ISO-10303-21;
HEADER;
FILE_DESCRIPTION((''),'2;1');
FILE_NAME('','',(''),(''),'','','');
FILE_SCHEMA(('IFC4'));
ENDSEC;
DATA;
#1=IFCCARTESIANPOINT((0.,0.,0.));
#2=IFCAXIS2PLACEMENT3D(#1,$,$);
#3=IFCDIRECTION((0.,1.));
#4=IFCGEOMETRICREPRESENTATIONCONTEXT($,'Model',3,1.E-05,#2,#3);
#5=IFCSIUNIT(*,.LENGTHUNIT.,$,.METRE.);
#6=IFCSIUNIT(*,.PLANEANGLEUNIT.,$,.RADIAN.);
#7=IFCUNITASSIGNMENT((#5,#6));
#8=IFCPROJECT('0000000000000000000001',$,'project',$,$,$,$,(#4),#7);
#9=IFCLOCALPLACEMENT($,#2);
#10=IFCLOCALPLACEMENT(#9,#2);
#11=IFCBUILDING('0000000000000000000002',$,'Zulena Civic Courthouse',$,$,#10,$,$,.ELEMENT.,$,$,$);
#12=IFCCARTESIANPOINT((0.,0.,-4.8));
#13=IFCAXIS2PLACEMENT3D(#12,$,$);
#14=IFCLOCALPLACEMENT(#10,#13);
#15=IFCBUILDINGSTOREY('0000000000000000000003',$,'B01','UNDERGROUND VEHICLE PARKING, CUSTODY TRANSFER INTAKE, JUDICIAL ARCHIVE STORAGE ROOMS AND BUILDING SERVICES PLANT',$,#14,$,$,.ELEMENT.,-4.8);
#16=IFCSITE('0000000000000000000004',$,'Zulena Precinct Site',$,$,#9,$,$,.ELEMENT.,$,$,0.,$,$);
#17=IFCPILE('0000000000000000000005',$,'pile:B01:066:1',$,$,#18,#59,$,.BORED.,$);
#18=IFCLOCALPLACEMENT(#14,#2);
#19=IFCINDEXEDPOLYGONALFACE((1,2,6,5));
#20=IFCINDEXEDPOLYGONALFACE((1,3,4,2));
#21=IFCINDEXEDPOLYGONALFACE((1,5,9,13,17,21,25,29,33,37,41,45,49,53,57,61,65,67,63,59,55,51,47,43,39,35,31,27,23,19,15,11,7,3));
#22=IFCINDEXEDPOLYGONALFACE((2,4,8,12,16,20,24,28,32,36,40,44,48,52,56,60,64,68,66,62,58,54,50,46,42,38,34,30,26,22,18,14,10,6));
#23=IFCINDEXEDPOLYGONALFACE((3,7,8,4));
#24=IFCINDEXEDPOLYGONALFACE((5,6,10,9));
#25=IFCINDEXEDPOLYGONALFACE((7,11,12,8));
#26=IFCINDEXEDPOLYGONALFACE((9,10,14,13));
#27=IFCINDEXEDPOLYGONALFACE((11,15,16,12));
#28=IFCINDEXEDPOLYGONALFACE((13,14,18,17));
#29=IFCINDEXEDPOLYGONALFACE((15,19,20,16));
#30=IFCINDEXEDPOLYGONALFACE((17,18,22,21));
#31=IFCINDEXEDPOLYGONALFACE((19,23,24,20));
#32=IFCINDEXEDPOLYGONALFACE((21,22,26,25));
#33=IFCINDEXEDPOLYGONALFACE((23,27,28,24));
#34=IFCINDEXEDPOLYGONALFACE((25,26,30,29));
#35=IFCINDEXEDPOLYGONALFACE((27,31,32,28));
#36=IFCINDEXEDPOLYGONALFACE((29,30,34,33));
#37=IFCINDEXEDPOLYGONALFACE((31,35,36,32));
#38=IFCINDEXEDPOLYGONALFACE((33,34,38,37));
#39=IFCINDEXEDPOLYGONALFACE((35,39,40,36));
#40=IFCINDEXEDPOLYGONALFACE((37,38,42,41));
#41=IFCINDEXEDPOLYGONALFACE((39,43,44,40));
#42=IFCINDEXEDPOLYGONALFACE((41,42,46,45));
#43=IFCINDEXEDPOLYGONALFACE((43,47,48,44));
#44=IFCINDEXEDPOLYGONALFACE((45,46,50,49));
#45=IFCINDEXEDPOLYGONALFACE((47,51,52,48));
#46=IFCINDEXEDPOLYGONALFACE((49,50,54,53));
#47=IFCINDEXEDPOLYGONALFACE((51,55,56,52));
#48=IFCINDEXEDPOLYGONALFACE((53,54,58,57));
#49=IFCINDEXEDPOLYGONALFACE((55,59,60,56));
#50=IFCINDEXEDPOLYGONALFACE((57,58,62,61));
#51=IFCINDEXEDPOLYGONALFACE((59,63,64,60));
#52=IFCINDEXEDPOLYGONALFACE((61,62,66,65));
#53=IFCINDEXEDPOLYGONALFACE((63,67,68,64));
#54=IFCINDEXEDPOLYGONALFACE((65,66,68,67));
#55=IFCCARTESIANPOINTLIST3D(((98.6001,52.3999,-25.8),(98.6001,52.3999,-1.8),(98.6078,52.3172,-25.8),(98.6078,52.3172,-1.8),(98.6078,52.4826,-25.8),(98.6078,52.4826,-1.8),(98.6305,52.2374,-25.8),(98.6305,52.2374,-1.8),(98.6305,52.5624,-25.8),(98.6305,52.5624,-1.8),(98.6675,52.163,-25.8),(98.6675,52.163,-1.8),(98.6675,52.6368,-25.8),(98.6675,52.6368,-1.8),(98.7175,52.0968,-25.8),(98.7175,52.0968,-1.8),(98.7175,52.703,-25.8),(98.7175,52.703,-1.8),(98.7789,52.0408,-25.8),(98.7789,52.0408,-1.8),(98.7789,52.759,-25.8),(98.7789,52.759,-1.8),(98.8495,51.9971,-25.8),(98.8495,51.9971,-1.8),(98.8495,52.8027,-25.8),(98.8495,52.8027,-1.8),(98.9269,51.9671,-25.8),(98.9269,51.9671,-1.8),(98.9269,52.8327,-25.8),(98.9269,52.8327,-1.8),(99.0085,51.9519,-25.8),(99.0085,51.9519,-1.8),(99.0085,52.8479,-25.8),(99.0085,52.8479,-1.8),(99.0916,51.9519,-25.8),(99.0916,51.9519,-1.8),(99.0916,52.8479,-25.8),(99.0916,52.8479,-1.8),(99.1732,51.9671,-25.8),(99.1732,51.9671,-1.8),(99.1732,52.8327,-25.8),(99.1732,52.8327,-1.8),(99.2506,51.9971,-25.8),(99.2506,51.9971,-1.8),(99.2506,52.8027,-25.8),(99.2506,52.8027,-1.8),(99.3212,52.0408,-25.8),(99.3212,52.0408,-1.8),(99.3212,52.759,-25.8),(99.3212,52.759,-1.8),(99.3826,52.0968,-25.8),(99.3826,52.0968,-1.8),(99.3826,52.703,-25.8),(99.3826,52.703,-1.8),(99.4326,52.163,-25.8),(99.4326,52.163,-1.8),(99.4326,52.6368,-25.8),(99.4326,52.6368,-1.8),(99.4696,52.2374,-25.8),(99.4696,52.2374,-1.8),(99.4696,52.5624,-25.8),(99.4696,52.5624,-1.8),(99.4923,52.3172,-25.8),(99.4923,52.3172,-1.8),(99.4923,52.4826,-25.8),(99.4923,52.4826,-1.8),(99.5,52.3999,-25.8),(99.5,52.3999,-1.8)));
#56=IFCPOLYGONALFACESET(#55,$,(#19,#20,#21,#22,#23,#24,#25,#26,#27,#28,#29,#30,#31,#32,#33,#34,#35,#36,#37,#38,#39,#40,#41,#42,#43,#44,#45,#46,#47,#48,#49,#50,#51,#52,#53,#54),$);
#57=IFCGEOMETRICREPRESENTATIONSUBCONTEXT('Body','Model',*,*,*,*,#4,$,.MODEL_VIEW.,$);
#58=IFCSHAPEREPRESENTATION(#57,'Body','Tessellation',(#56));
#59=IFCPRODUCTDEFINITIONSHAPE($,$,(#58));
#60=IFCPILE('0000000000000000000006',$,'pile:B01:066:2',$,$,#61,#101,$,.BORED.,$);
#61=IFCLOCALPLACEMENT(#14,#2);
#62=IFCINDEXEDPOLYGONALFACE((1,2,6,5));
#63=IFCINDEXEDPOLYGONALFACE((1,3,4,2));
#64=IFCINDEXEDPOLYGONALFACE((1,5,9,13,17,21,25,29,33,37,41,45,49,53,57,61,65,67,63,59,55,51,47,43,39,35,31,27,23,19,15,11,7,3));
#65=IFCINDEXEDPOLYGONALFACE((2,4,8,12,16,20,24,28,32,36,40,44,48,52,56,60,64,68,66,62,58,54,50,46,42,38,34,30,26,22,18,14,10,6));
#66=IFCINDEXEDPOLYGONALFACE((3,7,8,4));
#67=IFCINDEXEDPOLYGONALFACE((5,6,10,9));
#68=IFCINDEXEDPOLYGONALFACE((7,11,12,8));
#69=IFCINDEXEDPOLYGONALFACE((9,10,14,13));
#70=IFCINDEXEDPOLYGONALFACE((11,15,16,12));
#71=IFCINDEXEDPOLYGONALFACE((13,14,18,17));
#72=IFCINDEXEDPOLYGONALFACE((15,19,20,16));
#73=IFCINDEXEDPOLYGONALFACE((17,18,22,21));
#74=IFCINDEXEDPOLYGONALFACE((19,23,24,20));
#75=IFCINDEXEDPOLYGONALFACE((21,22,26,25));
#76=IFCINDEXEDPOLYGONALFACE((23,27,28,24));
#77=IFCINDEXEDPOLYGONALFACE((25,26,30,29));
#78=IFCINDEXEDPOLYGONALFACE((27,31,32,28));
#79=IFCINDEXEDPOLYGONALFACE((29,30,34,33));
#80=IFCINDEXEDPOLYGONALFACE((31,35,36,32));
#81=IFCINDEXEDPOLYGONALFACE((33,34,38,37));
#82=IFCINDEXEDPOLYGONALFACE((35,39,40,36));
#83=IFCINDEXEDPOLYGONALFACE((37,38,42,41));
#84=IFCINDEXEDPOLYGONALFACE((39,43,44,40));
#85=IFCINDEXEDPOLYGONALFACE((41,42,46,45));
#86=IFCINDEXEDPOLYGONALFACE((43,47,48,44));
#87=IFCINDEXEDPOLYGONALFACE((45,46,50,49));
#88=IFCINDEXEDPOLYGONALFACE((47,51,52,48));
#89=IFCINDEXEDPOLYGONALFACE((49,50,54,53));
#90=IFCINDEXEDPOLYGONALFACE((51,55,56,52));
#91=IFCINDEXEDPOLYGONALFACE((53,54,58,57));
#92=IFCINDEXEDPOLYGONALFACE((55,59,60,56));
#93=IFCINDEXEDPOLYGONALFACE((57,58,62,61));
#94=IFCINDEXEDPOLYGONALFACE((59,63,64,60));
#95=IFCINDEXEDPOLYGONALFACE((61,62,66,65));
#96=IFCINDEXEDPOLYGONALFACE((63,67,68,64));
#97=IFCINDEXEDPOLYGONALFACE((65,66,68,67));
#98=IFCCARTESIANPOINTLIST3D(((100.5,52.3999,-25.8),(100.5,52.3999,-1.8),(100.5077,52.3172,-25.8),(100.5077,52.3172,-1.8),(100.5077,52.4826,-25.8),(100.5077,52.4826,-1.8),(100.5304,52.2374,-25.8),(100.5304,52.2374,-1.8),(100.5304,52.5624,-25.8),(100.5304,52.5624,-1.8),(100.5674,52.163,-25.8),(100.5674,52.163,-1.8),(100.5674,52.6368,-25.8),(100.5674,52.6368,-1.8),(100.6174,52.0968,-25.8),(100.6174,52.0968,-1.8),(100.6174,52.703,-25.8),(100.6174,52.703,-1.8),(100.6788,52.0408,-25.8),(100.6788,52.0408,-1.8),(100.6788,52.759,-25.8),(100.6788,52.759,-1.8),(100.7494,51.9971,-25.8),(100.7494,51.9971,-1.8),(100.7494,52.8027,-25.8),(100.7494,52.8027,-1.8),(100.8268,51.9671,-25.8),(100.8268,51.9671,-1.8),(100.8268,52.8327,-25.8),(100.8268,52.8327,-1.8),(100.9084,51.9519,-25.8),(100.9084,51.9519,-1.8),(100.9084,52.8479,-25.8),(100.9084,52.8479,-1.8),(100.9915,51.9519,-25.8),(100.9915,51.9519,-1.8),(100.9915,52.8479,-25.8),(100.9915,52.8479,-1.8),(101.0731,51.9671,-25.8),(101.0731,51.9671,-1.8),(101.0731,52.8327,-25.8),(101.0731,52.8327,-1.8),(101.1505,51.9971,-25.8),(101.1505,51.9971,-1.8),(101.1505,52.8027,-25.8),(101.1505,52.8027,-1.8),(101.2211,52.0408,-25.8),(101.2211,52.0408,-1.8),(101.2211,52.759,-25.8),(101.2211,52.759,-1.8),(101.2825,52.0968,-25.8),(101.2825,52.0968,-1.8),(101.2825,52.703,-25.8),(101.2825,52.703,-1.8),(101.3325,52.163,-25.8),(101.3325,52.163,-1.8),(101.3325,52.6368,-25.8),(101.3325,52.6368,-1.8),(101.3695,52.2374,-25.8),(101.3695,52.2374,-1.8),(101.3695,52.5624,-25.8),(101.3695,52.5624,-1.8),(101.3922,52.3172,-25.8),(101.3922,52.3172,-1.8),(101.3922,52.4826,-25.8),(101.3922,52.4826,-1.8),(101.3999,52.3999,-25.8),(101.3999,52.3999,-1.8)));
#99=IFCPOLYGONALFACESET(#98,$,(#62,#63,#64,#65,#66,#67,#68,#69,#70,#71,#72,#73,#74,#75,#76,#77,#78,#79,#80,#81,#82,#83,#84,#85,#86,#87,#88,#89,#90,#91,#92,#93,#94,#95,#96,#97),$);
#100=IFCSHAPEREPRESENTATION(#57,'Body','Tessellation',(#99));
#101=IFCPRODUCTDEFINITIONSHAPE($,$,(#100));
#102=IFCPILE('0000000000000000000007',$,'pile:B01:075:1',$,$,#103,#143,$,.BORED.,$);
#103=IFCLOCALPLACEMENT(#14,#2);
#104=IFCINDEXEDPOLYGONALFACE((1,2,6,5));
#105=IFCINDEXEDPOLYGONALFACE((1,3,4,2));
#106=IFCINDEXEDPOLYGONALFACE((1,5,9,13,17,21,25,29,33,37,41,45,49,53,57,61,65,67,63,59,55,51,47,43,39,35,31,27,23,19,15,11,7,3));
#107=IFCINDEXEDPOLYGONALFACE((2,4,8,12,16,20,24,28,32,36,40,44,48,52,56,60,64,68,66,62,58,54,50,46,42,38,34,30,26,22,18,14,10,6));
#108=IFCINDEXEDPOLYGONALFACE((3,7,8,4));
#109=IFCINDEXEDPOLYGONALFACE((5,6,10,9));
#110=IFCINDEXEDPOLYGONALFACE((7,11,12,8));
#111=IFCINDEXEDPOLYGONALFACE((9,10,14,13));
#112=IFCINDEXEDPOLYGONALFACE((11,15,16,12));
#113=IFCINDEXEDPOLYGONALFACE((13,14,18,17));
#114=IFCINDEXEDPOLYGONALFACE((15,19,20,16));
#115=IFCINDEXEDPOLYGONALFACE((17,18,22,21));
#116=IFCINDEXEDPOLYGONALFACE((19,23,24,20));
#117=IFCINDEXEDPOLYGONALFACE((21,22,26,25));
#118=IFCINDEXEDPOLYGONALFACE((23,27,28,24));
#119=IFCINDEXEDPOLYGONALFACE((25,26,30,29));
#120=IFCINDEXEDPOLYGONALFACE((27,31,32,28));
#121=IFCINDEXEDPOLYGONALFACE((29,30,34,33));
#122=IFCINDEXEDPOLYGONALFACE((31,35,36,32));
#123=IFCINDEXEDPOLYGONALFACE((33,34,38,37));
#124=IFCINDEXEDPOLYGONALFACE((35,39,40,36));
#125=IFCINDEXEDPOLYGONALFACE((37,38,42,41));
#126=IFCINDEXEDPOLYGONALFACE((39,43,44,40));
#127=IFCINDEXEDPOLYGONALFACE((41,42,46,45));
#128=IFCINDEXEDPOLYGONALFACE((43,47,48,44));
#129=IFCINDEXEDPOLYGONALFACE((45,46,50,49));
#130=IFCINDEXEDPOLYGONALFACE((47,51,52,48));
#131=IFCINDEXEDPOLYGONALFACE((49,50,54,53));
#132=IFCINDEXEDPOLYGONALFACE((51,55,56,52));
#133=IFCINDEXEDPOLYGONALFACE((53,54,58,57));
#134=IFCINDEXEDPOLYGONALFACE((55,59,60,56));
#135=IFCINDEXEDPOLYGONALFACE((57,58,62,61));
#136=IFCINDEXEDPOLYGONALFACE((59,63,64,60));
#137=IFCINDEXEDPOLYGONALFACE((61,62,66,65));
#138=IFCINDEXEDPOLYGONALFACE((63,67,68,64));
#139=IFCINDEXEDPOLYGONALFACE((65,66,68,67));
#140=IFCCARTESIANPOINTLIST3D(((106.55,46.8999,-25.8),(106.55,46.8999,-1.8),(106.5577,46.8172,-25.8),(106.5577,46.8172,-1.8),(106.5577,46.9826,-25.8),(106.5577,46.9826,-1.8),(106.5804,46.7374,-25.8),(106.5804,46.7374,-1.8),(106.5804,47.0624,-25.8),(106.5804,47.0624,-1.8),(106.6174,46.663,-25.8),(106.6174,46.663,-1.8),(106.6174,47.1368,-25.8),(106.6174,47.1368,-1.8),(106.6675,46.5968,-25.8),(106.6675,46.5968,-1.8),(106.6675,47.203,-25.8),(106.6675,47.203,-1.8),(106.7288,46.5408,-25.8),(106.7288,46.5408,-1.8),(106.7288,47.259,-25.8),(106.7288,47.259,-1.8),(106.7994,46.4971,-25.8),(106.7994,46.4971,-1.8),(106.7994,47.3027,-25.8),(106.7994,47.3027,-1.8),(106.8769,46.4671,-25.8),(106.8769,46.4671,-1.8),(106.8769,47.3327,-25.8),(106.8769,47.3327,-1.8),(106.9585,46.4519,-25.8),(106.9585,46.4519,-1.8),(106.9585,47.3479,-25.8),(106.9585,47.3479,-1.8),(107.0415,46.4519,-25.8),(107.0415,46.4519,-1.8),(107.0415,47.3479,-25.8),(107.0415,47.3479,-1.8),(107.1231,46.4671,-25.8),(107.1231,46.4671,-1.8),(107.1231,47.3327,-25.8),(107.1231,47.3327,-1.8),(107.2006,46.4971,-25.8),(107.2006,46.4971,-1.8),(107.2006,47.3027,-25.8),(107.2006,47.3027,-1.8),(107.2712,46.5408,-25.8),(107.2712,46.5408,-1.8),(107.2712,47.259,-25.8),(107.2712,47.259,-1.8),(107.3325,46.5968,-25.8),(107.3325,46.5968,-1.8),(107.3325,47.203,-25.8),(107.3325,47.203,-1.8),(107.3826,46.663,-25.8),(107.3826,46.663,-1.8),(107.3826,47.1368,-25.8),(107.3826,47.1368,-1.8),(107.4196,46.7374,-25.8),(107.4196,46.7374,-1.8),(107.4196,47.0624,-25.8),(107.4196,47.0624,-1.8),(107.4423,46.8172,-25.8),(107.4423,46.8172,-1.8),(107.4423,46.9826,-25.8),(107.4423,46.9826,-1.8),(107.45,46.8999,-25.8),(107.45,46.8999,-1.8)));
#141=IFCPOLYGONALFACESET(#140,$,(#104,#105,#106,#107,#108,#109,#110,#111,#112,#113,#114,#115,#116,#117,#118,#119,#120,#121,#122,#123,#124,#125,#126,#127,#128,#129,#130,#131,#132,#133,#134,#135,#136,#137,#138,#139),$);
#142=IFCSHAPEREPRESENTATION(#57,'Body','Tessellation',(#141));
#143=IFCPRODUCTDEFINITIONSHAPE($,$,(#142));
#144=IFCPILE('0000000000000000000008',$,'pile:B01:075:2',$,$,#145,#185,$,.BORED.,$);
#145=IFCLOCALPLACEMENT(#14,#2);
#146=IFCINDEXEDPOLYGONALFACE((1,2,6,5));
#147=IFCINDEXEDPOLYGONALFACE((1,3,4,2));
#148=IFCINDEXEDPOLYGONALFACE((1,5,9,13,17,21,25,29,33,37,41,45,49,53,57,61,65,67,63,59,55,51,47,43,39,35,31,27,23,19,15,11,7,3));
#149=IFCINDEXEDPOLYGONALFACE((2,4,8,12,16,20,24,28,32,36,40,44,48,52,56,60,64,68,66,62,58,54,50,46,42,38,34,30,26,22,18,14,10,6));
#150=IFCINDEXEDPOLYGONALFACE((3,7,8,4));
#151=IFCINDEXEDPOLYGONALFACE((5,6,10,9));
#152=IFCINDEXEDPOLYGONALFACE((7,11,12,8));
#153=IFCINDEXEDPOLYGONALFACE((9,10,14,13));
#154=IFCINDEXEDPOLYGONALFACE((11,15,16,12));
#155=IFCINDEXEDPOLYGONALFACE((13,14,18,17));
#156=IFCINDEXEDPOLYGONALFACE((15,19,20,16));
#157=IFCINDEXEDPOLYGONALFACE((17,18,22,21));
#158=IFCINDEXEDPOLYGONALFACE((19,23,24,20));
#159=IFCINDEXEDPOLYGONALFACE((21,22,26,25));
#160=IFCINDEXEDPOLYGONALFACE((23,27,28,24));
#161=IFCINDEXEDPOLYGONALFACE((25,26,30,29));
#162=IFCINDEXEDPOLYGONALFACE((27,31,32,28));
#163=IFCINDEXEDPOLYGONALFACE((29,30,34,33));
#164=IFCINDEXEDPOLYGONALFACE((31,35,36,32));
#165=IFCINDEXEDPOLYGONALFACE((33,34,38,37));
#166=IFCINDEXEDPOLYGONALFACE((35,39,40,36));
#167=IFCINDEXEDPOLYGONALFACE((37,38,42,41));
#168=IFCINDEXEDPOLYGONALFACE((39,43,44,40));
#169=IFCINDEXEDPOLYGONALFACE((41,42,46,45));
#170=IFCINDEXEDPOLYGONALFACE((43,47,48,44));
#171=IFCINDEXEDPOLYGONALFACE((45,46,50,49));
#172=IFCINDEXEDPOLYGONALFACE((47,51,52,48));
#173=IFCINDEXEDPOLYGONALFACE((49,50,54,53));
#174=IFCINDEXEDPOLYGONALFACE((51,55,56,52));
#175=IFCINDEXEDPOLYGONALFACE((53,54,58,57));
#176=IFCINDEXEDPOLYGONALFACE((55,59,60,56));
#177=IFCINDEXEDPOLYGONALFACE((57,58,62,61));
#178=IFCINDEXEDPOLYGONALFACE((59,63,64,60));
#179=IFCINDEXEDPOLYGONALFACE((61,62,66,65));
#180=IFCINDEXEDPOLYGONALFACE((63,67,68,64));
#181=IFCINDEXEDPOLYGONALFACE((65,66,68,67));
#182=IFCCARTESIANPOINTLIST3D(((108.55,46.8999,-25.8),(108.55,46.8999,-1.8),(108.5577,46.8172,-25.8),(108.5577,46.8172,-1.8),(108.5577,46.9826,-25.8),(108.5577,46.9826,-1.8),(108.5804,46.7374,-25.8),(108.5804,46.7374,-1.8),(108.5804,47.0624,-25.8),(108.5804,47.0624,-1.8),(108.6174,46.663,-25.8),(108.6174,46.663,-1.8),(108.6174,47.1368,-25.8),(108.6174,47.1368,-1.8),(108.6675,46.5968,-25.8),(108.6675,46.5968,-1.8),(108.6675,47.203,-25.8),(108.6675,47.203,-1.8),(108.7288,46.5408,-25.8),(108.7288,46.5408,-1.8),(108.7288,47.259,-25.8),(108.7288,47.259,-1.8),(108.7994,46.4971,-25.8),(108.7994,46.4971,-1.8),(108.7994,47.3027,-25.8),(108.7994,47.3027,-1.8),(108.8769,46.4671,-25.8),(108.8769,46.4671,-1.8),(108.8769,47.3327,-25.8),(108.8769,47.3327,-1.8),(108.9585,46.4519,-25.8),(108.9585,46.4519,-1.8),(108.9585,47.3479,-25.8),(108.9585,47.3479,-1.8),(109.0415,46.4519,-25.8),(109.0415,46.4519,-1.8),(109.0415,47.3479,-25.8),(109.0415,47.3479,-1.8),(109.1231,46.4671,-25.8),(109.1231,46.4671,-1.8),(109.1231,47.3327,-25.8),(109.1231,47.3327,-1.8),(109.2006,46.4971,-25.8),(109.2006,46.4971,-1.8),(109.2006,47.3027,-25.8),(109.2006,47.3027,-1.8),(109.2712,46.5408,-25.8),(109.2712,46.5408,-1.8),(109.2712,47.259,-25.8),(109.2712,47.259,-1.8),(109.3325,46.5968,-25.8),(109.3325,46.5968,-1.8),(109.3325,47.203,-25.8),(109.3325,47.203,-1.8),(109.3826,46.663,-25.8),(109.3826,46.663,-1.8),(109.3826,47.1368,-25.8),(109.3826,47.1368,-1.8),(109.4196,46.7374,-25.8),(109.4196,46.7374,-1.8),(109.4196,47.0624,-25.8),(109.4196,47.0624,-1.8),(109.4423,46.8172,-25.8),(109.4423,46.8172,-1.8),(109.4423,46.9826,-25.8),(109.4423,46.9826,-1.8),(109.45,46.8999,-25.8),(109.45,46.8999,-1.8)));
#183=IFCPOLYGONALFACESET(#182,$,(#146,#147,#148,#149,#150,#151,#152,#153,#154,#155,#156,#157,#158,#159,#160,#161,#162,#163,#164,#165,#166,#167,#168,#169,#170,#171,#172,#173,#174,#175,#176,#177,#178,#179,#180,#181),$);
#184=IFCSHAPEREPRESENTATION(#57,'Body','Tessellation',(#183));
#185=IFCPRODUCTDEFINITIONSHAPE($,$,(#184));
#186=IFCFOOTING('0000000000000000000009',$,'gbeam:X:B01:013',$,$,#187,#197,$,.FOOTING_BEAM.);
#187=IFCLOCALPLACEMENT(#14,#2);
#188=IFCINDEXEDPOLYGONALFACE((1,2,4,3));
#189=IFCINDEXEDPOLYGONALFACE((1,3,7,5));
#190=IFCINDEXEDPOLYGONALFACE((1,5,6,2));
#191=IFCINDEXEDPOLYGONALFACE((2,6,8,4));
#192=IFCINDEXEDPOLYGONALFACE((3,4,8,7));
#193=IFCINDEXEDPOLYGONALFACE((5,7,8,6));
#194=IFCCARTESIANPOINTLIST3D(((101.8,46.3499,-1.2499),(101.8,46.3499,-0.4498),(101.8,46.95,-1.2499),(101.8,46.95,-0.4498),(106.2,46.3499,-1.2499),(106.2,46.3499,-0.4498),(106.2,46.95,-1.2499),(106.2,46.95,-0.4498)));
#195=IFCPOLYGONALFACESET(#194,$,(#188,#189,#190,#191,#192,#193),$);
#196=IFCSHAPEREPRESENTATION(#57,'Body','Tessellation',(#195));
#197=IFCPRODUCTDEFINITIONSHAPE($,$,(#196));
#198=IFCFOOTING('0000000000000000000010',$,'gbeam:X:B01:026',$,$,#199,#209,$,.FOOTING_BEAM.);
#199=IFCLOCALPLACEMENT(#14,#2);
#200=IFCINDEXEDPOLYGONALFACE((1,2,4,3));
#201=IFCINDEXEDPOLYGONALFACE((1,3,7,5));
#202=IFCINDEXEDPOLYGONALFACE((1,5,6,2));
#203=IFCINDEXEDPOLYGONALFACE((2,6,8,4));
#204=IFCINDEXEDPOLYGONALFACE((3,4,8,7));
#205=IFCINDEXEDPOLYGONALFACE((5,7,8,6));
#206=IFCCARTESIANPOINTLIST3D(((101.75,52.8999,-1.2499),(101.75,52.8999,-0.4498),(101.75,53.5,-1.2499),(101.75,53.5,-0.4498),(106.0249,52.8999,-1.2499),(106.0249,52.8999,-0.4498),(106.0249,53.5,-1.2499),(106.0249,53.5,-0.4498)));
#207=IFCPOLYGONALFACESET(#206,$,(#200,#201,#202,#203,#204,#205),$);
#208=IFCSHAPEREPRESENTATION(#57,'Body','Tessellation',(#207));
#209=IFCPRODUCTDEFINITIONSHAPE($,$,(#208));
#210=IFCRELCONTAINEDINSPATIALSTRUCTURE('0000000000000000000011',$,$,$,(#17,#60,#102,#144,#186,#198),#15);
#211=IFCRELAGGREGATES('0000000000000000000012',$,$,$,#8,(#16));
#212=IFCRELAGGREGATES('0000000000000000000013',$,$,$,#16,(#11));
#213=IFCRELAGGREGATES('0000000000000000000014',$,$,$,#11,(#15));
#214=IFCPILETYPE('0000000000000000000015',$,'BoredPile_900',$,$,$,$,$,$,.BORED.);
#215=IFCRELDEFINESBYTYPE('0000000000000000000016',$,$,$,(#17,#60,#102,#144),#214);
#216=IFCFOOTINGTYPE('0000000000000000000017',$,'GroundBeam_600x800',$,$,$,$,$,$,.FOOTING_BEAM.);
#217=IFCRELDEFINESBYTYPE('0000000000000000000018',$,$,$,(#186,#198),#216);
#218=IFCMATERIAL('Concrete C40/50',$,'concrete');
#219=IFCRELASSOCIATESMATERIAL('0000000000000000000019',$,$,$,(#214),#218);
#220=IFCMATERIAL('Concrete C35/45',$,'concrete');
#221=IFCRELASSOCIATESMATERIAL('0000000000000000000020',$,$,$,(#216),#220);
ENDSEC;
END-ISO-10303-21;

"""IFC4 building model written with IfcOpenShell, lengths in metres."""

from ifc_helpers import new_model, si_unit, direction, frame, origin, origin_2d, place, context, subcontext, project, spatial, rectangle, circle, extrude, material, material_profile, profile_set, type_object, element, save


model = new_model("IFC4")

# Units and contexts
model_context = context("Model", 3, precision=1e-05, world=origin(), true_north=direction((0.0, 1.0)))
body_context = subcontext(model_context, "Body", "Model", "MODEL_VIEW")
ifc_project = project(units=[si_unit("LENGTHUNIT", "METRE"), si_unit("PLANEANGLEUNIT", "RADIAN")], contexts=[model_context])

# Site, building, storey
site_placement = place(None, origin())
site = spatial("IfcSite", under=ifc_project, at=site_placement, Name="Zulena Precinct Site", CompositionType="ELEMENT", RefElevation=0.0)
building_placement = place(site_placement, origin())
building = spatial("IfcBuilding", under=site, at=building_placement, Name="Zulena Civic Courthouse", CompositionType="ELEMENT")
storey_placement = place(building_placement, frame((0.0, 0.0, -4.8)))
storey = spatial("IfcBuildingStorey", under=building, at=storey_placement, Name="B01", Description="UNDERGROUND VEHICLE PARKING, CUSTODY TRANSFER INTAKE, JUDICIAL ARCHIVE STORAGE ROOMS AND BUILDING SERVICES PLANT", CompositionType="ELEMENT", Elevation=-4.8)

# Piles
ifc_material_1 = material(Name="Concrete C40/50", Category="concrete")
ifc_material_profile_1 = material_profile(ifc_material_1, circle(Radius=0.45, at=origin_2d()), Name="PILE900")
ifc_profile_set_1 = profile_set([ifc_material_profile_1], Name="Concrete C40/50")
pile_type_1 = type_object("IfcPileType", Name="BoredPile_900", PredefinedType="BORED", material=ifc_profile_set_1)
for number, where, z_axis, x_axis, name in (
    (1, (99.05, 52.3999, -1.8), (0.0, 0.0, -1.0), (1.0, 0.0, 0.0), "pile:B01:066:1"),
    (2, (100.95, 52.3999, -1.8), (0.0, 0.0, -1.0), (1.0, 0.0, 0.0), "pile:B01:066:2"),
    (3, (107.0, 46.8999, -1.8), (0.0, 0.0, -1.0), (1.0, 0.0, 0.0), "pile:B01:075:1"),
    (4, (109.0, 46.8999, -1.8), (0.0, 0.0, -1.0), (1.0, 0.0, 0.0), "pile:B01:075:2"),
):
    element("IfcPile", number, at=place(storey_placement, frame(where, z_axis=z_axis, x_axis=x_axis)), inside=storey, type_object=pile_type_1, Name=name, PredefinedType="BORED", context=body_context, shape_type="SweptSolid", body=[
        extrude(circle(Radius=0.45, at=origin_2d()), origin(), (0.0, 0.0, 1.0), 24.0),
    ])

# Footings
ifc_material_2 = material(Name="Concrete C35/45", Category="concrete")
ifc_material_profile_2 = material_profile(ifc_material_2, rectangle(XDim=0.6001, YDim=0.8, at=origin_2d()), Name="RC600X800")
ifc_profile_set_2 = profile_set([ifc_material_profile_2], Name="Concrete C35/45")
footing_type_1 = type_object("IfcFootingType", Name="GroundBeam_600x800", PredefinedType="FOOTING_BEAM", material=ifc_profile_set_2)
footing_1_placement = place(storey_placement, frame((101.8, 46.6499, -0.8499), z_axis=(1.0, 0.0, 0.0), x_axis=(0.0, 1.0, 0.0)))
element("IfcFooting", 5, at=footing_1_placement, inside=storey, type_object=footing_type_1, Name="gbeam:X:B01:013", PredefinedType="FOOTING_BEAM", context=body_context, shape_type="SweptSolid", body=[
    extrude(rectangle(XDim=0.6001, YDim=0.8, at=origin_2d()), origin(), (0.0, 0.0, 1.0), 4.3999),
])
footing_2_placement = place(storey_placement, frame((101.75, 53.2, -0.8499), z_axis=(1.0, 0.0, 0.0), x_axis=(0.0, 1.0, 0.0)))
element("IfcFooting", 6, at=footing_2_placement, inside=storey, type_object=footing_type_1, Name="gbeam:X:B01:026", PredefinedType="FOOTING_BEAM", context=body_context, shape_type="SweptSolid", body=[
    extrude(rectangle(XDim=0.6001, YDim=0.8, at=origin_2d()), origin(), (0.0, 0.0, 1.0), 4.2749),
])

save(model, "model.ifc")
